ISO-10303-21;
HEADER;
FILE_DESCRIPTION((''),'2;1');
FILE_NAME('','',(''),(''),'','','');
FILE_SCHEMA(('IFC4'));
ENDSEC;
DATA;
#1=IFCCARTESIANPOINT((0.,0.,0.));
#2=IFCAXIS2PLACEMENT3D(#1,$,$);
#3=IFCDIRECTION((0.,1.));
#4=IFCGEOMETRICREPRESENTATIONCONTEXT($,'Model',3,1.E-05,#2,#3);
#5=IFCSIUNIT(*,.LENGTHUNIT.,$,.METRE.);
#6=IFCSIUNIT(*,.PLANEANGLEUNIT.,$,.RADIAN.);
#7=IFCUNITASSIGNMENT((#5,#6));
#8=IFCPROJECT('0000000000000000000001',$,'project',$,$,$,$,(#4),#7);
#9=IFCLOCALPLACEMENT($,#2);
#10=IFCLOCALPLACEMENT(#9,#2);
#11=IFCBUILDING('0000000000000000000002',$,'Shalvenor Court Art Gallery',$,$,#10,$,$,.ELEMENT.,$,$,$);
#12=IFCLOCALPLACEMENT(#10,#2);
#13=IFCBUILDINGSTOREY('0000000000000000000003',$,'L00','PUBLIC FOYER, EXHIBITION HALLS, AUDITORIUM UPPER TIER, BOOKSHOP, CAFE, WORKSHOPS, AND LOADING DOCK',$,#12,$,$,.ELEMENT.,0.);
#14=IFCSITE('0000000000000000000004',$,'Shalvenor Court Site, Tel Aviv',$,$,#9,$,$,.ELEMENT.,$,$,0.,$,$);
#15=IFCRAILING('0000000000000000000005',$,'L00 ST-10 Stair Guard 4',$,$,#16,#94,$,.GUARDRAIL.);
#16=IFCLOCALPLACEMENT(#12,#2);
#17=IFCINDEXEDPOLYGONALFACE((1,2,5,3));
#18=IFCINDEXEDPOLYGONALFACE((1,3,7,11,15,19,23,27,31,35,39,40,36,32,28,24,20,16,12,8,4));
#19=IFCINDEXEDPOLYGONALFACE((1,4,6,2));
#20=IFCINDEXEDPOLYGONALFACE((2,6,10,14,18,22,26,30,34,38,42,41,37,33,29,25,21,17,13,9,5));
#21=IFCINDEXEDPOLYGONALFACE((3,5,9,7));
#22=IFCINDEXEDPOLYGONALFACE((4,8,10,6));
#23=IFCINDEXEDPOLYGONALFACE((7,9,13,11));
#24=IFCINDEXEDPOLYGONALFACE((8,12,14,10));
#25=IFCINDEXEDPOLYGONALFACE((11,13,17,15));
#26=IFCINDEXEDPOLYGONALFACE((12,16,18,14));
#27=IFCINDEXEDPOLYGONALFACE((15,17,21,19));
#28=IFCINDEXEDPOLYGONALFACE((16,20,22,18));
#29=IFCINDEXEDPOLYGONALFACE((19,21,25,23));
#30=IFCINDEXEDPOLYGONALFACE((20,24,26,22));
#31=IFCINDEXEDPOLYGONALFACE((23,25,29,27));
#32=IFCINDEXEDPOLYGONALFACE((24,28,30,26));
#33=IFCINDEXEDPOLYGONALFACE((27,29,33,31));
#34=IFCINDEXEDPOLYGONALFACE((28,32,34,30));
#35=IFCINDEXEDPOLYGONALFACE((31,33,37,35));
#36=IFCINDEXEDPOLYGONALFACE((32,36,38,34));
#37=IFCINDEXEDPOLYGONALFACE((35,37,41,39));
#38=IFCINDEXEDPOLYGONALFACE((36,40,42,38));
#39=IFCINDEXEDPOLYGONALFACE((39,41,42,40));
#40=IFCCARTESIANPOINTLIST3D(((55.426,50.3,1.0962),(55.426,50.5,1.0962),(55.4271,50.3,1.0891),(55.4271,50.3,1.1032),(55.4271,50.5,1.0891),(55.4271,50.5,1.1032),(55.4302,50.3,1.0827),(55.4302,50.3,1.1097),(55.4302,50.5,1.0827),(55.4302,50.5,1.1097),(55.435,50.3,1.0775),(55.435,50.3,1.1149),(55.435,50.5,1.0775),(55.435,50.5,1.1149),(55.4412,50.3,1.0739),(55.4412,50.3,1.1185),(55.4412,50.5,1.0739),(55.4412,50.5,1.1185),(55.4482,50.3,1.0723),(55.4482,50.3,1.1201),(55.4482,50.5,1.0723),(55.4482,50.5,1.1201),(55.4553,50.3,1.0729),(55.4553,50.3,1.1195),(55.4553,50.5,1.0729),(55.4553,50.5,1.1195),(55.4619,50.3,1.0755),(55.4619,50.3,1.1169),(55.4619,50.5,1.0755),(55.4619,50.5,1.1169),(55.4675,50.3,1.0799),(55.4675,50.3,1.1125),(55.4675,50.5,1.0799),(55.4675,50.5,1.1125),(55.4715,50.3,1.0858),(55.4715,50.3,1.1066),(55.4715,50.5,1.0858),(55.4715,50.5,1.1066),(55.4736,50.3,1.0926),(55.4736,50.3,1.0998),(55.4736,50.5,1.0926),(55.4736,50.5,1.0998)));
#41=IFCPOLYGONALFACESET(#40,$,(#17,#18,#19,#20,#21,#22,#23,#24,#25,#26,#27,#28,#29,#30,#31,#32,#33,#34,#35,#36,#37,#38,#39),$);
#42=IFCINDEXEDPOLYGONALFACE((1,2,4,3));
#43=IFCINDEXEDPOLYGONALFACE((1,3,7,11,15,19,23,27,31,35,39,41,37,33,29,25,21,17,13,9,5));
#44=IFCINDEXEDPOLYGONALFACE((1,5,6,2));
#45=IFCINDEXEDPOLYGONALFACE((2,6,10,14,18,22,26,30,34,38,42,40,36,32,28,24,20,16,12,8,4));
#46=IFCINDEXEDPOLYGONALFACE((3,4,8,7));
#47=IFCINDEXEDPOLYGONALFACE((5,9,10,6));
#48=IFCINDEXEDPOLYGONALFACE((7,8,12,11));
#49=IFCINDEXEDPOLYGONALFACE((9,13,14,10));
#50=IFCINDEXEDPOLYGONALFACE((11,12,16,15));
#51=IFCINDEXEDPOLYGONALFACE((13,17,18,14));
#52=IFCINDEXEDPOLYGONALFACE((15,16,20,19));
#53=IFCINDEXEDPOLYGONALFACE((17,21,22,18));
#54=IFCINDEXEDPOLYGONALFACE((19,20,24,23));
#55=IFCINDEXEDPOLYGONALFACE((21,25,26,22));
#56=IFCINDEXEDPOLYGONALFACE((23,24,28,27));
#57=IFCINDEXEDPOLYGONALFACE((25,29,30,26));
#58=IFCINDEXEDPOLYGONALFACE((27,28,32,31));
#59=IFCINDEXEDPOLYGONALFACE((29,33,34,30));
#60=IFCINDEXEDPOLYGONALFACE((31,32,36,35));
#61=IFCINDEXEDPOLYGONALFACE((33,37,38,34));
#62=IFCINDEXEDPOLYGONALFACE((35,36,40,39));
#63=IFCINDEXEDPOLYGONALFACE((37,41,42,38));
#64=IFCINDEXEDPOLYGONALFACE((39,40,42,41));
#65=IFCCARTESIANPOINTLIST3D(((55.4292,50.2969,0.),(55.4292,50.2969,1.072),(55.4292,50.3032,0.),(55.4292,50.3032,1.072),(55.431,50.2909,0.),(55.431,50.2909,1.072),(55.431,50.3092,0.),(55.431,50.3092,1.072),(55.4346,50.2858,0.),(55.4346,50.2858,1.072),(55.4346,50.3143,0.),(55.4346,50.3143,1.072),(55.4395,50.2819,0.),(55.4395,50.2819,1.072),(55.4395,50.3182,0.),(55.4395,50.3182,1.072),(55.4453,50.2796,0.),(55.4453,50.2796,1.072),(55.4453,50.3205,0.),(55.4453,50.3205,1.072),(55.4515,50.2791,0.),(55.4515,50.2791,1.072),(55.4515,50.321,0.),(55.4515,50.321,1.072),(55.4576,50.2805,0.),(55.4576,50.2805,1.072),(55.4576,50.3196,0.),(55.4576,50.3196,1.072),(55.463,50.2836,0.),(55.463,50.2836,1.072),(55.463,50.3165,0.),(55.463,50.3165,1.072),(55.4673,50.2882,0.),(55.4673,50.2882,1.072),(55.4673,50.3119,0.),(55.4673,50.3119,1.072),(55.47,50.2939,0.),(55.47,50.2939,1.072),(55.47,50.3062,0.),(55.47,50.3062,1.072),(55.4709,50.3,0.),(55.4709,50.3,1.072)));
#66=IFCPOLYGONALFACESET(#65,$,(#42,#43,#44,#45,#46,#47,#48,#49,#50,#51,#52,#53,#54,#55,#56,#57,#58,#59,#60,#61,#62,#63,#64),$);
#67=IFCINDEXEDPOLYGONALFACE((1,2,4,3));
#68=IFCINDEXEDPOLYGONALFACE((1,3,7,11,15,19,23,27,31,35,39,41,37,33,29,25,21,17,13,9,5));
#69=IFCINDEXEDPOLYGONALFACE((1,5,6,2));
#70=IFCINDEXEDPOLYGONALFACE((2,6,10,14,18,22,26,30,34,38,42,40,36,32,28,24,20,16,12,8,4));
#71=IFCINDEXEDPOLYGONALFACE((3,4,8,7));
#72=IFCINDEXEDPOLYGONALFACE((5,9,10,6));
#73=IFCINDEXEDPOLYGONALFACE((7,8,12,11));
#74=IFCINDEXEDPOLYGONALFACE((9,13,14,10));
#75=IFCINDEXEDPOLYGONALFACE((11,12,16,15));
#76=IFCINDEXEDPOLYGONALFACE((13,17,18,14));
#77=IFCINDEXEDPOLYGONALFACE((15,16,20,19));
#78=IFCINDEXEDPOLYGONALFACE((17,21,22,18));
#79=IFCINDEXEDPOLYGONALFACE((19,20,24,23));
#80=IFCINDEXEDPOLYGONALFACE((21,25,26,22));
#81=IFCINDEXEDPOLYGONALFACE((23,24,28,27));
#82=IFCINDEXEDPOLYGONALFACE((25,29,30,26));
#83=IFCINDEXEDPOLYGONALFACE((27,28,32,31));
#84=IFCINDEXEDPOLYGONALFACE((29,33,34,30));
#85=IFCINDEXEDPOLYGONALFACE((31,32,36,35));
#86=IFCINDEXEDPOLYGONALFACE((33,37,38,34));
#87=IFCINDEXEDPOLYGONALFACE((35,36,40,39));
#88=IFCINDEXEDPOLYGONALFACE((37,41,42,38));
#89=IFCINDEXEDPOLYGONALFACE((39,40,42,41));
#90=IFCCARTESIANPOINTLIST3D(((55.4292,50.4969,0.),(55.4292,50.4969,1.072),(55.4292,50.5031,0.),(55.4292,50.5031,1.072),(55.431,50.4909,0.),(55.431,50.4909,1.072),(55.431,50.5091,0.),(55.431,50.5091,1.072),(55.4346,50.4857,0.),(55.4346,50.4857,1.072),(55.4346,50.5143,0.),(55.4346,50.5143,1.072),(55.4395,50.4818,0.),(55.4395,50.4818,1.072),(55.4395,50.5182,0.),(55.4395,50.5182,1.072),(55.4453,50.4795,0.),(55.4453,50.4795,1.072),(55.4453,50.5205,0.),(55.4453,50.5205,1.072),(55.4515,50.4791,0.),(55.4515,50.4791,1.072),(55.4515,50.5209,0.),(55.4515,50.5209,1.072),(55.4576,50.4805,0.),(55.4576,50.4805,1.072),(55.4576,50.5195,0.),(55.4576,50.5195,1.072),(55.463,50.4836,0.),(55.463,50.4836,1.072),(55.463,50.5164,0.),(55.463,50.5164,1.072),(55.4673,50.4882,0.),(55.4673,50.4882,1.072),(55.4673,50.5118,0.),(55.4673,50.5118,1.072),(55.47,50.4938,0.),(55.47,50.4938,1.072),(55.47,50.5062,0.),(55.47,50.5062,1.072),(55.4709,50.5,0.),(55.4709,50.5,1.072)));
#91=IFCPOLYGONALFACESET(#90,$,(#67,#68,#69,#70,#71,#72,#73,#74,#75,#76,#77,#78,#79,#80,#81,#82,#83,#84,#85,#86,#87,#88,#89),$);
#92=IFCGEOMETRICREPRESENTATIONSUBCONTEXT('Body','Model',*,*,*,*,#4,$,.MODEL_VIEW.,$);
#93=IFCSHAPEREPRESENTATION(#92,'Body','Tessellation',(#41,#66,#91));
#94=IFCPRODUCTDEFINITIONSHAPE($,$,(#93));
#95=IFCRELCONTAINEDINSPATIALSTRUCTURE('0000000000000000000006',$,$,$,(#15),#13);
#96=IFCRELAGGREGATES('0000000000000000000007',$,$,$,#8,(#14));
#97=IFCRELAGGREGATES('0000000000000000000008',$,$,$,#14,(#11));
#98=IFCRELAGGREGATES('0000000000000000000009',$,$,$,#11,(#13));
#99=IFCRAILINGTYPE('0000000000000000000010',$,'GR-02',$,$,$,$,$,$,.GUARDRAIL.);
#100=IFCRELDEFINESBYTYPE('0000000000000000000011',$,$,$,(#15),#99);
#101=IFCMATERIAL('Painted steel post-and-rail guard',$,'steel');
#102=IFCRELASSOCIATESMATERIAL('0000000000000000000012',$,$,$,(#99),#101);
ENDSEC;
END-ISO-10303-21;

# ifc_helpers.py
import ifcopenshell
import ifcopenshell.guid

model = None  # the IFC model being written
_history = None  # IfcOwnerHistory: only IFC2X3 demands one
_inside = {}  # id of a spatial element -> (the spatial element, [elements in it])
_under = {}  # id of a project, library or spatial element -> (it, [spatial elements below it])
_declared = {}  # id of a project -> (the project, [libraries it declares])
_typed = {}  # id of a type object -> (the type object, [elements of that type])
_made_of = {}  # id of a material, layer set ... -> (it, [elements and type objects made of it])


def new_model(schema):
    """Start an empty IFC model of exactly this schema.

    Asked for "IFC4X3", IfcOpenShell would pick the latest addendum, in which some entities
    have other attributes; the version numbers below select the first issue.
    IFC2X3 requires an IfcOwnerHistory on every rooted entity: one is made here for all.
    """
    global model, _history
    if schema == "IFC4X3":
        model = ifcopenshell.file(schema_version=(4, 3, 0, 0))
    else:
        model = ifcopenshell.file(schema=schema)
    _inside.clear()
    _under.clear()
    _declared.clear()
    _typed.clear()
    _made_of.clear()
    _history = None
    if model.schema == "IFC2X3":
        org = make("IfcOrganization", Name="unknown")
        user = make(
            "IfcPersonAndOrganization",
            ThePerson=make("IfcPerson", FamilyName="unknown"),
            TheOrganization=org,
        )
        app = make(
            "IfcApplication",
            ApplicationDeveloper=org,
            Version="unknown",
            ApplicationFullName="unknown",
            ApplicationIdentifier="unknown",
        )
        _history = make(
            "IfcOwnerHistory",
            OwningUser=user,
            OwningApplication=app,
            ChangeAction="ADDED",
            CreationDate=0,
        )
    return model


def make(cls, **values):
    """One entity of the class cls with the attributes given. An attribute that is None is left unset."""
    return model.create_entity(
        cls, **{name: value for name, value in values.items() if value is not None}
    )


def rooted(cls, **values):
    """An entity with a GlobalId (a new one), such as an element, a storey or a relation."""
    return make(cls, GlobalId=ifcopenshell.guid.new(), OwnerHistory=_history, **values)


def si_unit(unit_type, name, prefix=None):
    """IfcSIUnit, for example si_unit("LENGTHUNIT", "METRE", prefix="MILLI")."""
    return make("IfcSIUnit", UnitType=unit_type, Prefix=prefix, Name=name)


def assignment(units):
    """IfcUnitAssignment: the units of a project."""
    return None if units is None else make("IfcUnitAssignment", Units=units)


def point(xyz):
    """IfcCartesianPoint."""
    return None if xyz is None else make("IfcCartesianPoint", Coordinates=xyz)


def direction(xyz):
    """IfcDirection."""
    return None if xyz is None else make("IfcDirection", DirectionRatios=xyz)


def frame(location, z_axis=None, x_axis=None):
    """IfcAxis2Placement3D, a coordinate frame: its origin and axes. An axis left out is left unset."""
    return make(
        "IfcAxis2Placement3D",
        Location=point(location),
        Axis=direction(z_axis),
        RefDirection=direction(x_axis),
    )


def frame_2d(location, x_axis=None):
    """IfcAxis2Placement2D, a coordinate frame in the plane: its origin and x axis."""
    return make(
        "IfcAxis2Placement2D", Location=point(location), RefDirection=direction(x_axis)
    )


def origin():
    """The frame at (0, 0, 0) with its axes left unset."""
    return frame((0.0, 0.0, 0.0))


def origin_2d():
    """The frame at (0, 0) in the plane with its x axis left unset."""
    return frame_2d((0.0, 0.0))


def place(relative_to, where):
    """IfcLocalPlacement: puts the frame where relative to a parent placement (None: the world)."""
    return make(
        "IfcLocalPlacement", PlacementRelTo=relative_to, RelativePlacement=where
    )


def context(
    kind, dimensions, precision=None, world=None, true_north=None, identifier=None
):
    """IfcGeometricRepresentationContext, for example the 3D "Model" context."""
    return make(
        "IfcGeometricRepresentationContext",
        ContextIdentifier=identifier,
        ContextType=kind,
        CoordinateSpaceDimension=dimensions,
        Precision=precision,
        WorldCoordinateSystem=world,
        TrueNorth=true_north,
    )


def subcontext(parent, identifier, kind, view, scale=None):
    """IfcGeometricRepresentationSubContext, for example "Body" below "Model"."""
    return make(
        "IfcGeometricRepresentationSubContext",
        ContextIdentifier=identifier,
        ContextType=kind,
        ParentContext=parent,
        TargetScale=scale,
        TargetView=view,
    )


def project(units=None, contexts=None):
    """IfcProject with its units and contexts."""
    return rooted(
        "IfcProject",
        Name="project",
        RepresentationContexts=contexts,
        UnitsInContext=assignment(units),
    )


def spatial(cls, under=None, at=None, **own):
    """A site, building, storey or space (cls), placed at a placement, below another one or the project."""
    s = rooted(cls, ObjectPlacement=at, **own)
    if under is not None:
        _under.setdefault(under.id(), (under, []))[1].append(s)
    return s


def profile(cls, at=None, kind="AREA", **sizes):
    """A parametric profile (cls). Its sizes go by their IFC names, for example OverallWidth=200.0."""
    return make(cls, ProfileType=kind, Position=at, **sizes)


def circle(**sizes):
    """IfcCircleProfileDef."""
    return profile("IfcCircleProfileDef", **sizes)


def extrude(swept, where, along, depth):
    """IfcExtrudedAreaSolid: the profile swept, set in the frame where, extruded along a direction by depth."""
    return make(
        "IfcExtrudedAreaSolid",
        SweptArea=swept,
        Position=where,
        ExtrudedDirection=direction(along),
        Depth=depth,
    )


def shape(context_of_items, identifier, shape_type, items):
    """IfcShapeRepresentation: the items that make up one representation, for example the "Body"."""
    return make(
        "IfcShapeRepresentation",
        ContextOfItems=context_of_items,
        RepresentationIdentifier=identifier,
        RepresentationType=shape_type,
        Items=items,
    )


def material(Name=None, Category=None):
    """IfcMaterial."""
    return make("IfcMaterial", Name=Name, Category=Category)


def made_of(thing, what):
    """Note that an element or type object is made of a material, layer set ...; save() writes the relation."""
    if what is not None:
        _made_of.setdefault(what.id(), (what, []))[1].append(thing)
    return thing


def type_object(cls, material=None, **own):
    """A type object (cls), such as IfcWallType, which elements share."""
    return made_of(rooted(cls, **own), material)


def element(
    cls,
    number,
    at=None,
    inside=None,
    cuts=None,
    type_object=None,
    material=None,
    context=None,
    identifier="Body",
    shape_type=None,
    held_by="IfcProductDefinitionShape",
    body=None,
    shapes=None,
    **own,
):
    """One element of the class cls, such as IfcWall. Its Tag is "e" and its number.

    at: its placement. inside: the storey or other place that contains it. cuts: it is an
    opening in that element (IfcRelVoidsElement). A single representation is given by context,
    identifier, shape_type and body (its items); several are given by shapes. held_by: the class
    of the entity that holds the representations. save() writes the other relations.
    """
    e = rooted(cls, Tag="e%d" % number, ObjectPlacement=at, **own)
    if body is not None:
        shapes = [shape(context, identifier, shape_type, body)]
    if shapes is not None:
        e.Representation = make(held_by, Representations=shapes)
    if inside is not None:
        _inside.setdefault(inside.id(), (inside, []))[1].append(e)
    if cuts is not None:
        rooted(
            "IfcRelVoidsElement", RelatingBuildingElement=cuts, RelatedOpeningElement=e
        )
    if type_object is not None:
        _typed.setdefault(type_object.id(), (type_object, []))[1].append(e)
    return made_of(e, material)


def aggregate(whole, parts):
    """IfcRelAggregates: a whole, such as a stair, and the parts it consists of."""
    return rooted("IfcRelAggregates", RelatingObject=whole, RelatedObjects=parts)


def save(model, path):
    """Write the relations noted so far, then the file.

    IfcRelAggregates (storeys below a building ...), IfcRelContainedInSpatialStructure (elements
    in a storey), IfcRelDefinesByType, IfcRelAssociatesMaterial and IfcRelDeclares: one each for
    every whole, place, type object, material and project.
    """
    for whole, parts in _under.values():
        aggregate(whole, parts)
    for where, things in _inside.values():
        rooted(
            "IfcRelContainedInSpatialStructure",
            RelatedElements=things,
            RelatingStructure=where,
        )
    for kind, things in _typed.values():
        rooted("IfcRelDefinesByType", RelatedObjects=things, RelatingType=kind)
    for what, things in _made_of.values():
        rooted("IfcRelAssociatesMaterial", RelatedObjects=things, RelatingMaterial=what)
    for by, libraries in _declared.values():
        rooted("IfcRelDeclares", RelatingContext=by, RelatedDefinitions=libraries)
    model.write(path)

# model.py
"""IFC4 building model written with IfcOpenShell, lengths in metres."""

from ifc_helpers import new_model, si_unit, direction, frame, origin, origin_2d, place, context, subcontext, project, spatial, circle, extrude, material, type_object, element, save


model = new_model("IFC4")

# Units and contexts
model_context = context("Model", 3, precision=1e-05, world=origin(), true_north=direction((0.0, 1.0)))
body_context = subcontext(model_context, "Body", "Model", "MODEL_VIEW")
ifc_project = project(units=[si_unit("LENGTHUNIT", "METRE"), si_unit("PLANEANGLEUNIT", "RADIAN")], contexts=[model_context])

# Site, building, storey
site_placement = place(None, origin())
site = spatial("IfcSite", under=ifc_project, at=site_placement, Name="Shalvenor Court Site, Tel Aviv", CompositionType="ELEMENT", RefElevation=0.0)
building_placement = place(site_placement, origin())
building = spatial("IfcBuilding", under=site, at=building_placement, Name="Shalvenor Court Art Gallery", CompositionType="ELEMENT")
storey_placement = place(building_placement, origin())
storey = spatial("IfcBuildingStorey", under=building, at=storey_placement, Name="L00", Description="PUBLIC FOYER, EXHIBITION HALLS, AUDITORIUM UPPER TIER, BOOKSHOP, CAFE, WORKSHOPS, AND LOADING DOCK", CompositionType="ELEMENT", Elevation=0.0)

# Railing
ifc_material_1 = material(Name="Painted steel post-and-rail guard", Category="steel")
railing_type_1 = type_object("IfcRailingType", Name="GR-02", PredefinedType="GUARDRAIL", material=ifc_material_1)
railing_1_placement = place(storey_placement, frame((55.45, 50.3, 0.0)))
element("IfcRailing", 1, at=railing_1_placement, inside=storey, type_object=railing_type_1, Name="L00 ST-10 Stair Guard 4", PredefinedType="GUARDRAIL", context=body_context, shape_type="SweptSolid", body=[
    extrude(circle(Radius=0.0239, at=origin_2d()), frame((0.0, 0.0, 1.0962), z_axis=(0.0, 1.0, 0.0), x_axis=(-1.0, 0.0, 0.0)), (0.0, 0.0, 1.0), 0.2),
    extrude(circle(Radius=0.021, at=origin_2d()), origin(), (0.0, 0.0, 1.0), 1.072),
    extrude(circle(Radius=0.021, at=origin_2d()), frame((0.0, 0.2, 0.0)), (0.0, 0.0, 1.0), 1.072),
])

save(model, "model.ifc")
